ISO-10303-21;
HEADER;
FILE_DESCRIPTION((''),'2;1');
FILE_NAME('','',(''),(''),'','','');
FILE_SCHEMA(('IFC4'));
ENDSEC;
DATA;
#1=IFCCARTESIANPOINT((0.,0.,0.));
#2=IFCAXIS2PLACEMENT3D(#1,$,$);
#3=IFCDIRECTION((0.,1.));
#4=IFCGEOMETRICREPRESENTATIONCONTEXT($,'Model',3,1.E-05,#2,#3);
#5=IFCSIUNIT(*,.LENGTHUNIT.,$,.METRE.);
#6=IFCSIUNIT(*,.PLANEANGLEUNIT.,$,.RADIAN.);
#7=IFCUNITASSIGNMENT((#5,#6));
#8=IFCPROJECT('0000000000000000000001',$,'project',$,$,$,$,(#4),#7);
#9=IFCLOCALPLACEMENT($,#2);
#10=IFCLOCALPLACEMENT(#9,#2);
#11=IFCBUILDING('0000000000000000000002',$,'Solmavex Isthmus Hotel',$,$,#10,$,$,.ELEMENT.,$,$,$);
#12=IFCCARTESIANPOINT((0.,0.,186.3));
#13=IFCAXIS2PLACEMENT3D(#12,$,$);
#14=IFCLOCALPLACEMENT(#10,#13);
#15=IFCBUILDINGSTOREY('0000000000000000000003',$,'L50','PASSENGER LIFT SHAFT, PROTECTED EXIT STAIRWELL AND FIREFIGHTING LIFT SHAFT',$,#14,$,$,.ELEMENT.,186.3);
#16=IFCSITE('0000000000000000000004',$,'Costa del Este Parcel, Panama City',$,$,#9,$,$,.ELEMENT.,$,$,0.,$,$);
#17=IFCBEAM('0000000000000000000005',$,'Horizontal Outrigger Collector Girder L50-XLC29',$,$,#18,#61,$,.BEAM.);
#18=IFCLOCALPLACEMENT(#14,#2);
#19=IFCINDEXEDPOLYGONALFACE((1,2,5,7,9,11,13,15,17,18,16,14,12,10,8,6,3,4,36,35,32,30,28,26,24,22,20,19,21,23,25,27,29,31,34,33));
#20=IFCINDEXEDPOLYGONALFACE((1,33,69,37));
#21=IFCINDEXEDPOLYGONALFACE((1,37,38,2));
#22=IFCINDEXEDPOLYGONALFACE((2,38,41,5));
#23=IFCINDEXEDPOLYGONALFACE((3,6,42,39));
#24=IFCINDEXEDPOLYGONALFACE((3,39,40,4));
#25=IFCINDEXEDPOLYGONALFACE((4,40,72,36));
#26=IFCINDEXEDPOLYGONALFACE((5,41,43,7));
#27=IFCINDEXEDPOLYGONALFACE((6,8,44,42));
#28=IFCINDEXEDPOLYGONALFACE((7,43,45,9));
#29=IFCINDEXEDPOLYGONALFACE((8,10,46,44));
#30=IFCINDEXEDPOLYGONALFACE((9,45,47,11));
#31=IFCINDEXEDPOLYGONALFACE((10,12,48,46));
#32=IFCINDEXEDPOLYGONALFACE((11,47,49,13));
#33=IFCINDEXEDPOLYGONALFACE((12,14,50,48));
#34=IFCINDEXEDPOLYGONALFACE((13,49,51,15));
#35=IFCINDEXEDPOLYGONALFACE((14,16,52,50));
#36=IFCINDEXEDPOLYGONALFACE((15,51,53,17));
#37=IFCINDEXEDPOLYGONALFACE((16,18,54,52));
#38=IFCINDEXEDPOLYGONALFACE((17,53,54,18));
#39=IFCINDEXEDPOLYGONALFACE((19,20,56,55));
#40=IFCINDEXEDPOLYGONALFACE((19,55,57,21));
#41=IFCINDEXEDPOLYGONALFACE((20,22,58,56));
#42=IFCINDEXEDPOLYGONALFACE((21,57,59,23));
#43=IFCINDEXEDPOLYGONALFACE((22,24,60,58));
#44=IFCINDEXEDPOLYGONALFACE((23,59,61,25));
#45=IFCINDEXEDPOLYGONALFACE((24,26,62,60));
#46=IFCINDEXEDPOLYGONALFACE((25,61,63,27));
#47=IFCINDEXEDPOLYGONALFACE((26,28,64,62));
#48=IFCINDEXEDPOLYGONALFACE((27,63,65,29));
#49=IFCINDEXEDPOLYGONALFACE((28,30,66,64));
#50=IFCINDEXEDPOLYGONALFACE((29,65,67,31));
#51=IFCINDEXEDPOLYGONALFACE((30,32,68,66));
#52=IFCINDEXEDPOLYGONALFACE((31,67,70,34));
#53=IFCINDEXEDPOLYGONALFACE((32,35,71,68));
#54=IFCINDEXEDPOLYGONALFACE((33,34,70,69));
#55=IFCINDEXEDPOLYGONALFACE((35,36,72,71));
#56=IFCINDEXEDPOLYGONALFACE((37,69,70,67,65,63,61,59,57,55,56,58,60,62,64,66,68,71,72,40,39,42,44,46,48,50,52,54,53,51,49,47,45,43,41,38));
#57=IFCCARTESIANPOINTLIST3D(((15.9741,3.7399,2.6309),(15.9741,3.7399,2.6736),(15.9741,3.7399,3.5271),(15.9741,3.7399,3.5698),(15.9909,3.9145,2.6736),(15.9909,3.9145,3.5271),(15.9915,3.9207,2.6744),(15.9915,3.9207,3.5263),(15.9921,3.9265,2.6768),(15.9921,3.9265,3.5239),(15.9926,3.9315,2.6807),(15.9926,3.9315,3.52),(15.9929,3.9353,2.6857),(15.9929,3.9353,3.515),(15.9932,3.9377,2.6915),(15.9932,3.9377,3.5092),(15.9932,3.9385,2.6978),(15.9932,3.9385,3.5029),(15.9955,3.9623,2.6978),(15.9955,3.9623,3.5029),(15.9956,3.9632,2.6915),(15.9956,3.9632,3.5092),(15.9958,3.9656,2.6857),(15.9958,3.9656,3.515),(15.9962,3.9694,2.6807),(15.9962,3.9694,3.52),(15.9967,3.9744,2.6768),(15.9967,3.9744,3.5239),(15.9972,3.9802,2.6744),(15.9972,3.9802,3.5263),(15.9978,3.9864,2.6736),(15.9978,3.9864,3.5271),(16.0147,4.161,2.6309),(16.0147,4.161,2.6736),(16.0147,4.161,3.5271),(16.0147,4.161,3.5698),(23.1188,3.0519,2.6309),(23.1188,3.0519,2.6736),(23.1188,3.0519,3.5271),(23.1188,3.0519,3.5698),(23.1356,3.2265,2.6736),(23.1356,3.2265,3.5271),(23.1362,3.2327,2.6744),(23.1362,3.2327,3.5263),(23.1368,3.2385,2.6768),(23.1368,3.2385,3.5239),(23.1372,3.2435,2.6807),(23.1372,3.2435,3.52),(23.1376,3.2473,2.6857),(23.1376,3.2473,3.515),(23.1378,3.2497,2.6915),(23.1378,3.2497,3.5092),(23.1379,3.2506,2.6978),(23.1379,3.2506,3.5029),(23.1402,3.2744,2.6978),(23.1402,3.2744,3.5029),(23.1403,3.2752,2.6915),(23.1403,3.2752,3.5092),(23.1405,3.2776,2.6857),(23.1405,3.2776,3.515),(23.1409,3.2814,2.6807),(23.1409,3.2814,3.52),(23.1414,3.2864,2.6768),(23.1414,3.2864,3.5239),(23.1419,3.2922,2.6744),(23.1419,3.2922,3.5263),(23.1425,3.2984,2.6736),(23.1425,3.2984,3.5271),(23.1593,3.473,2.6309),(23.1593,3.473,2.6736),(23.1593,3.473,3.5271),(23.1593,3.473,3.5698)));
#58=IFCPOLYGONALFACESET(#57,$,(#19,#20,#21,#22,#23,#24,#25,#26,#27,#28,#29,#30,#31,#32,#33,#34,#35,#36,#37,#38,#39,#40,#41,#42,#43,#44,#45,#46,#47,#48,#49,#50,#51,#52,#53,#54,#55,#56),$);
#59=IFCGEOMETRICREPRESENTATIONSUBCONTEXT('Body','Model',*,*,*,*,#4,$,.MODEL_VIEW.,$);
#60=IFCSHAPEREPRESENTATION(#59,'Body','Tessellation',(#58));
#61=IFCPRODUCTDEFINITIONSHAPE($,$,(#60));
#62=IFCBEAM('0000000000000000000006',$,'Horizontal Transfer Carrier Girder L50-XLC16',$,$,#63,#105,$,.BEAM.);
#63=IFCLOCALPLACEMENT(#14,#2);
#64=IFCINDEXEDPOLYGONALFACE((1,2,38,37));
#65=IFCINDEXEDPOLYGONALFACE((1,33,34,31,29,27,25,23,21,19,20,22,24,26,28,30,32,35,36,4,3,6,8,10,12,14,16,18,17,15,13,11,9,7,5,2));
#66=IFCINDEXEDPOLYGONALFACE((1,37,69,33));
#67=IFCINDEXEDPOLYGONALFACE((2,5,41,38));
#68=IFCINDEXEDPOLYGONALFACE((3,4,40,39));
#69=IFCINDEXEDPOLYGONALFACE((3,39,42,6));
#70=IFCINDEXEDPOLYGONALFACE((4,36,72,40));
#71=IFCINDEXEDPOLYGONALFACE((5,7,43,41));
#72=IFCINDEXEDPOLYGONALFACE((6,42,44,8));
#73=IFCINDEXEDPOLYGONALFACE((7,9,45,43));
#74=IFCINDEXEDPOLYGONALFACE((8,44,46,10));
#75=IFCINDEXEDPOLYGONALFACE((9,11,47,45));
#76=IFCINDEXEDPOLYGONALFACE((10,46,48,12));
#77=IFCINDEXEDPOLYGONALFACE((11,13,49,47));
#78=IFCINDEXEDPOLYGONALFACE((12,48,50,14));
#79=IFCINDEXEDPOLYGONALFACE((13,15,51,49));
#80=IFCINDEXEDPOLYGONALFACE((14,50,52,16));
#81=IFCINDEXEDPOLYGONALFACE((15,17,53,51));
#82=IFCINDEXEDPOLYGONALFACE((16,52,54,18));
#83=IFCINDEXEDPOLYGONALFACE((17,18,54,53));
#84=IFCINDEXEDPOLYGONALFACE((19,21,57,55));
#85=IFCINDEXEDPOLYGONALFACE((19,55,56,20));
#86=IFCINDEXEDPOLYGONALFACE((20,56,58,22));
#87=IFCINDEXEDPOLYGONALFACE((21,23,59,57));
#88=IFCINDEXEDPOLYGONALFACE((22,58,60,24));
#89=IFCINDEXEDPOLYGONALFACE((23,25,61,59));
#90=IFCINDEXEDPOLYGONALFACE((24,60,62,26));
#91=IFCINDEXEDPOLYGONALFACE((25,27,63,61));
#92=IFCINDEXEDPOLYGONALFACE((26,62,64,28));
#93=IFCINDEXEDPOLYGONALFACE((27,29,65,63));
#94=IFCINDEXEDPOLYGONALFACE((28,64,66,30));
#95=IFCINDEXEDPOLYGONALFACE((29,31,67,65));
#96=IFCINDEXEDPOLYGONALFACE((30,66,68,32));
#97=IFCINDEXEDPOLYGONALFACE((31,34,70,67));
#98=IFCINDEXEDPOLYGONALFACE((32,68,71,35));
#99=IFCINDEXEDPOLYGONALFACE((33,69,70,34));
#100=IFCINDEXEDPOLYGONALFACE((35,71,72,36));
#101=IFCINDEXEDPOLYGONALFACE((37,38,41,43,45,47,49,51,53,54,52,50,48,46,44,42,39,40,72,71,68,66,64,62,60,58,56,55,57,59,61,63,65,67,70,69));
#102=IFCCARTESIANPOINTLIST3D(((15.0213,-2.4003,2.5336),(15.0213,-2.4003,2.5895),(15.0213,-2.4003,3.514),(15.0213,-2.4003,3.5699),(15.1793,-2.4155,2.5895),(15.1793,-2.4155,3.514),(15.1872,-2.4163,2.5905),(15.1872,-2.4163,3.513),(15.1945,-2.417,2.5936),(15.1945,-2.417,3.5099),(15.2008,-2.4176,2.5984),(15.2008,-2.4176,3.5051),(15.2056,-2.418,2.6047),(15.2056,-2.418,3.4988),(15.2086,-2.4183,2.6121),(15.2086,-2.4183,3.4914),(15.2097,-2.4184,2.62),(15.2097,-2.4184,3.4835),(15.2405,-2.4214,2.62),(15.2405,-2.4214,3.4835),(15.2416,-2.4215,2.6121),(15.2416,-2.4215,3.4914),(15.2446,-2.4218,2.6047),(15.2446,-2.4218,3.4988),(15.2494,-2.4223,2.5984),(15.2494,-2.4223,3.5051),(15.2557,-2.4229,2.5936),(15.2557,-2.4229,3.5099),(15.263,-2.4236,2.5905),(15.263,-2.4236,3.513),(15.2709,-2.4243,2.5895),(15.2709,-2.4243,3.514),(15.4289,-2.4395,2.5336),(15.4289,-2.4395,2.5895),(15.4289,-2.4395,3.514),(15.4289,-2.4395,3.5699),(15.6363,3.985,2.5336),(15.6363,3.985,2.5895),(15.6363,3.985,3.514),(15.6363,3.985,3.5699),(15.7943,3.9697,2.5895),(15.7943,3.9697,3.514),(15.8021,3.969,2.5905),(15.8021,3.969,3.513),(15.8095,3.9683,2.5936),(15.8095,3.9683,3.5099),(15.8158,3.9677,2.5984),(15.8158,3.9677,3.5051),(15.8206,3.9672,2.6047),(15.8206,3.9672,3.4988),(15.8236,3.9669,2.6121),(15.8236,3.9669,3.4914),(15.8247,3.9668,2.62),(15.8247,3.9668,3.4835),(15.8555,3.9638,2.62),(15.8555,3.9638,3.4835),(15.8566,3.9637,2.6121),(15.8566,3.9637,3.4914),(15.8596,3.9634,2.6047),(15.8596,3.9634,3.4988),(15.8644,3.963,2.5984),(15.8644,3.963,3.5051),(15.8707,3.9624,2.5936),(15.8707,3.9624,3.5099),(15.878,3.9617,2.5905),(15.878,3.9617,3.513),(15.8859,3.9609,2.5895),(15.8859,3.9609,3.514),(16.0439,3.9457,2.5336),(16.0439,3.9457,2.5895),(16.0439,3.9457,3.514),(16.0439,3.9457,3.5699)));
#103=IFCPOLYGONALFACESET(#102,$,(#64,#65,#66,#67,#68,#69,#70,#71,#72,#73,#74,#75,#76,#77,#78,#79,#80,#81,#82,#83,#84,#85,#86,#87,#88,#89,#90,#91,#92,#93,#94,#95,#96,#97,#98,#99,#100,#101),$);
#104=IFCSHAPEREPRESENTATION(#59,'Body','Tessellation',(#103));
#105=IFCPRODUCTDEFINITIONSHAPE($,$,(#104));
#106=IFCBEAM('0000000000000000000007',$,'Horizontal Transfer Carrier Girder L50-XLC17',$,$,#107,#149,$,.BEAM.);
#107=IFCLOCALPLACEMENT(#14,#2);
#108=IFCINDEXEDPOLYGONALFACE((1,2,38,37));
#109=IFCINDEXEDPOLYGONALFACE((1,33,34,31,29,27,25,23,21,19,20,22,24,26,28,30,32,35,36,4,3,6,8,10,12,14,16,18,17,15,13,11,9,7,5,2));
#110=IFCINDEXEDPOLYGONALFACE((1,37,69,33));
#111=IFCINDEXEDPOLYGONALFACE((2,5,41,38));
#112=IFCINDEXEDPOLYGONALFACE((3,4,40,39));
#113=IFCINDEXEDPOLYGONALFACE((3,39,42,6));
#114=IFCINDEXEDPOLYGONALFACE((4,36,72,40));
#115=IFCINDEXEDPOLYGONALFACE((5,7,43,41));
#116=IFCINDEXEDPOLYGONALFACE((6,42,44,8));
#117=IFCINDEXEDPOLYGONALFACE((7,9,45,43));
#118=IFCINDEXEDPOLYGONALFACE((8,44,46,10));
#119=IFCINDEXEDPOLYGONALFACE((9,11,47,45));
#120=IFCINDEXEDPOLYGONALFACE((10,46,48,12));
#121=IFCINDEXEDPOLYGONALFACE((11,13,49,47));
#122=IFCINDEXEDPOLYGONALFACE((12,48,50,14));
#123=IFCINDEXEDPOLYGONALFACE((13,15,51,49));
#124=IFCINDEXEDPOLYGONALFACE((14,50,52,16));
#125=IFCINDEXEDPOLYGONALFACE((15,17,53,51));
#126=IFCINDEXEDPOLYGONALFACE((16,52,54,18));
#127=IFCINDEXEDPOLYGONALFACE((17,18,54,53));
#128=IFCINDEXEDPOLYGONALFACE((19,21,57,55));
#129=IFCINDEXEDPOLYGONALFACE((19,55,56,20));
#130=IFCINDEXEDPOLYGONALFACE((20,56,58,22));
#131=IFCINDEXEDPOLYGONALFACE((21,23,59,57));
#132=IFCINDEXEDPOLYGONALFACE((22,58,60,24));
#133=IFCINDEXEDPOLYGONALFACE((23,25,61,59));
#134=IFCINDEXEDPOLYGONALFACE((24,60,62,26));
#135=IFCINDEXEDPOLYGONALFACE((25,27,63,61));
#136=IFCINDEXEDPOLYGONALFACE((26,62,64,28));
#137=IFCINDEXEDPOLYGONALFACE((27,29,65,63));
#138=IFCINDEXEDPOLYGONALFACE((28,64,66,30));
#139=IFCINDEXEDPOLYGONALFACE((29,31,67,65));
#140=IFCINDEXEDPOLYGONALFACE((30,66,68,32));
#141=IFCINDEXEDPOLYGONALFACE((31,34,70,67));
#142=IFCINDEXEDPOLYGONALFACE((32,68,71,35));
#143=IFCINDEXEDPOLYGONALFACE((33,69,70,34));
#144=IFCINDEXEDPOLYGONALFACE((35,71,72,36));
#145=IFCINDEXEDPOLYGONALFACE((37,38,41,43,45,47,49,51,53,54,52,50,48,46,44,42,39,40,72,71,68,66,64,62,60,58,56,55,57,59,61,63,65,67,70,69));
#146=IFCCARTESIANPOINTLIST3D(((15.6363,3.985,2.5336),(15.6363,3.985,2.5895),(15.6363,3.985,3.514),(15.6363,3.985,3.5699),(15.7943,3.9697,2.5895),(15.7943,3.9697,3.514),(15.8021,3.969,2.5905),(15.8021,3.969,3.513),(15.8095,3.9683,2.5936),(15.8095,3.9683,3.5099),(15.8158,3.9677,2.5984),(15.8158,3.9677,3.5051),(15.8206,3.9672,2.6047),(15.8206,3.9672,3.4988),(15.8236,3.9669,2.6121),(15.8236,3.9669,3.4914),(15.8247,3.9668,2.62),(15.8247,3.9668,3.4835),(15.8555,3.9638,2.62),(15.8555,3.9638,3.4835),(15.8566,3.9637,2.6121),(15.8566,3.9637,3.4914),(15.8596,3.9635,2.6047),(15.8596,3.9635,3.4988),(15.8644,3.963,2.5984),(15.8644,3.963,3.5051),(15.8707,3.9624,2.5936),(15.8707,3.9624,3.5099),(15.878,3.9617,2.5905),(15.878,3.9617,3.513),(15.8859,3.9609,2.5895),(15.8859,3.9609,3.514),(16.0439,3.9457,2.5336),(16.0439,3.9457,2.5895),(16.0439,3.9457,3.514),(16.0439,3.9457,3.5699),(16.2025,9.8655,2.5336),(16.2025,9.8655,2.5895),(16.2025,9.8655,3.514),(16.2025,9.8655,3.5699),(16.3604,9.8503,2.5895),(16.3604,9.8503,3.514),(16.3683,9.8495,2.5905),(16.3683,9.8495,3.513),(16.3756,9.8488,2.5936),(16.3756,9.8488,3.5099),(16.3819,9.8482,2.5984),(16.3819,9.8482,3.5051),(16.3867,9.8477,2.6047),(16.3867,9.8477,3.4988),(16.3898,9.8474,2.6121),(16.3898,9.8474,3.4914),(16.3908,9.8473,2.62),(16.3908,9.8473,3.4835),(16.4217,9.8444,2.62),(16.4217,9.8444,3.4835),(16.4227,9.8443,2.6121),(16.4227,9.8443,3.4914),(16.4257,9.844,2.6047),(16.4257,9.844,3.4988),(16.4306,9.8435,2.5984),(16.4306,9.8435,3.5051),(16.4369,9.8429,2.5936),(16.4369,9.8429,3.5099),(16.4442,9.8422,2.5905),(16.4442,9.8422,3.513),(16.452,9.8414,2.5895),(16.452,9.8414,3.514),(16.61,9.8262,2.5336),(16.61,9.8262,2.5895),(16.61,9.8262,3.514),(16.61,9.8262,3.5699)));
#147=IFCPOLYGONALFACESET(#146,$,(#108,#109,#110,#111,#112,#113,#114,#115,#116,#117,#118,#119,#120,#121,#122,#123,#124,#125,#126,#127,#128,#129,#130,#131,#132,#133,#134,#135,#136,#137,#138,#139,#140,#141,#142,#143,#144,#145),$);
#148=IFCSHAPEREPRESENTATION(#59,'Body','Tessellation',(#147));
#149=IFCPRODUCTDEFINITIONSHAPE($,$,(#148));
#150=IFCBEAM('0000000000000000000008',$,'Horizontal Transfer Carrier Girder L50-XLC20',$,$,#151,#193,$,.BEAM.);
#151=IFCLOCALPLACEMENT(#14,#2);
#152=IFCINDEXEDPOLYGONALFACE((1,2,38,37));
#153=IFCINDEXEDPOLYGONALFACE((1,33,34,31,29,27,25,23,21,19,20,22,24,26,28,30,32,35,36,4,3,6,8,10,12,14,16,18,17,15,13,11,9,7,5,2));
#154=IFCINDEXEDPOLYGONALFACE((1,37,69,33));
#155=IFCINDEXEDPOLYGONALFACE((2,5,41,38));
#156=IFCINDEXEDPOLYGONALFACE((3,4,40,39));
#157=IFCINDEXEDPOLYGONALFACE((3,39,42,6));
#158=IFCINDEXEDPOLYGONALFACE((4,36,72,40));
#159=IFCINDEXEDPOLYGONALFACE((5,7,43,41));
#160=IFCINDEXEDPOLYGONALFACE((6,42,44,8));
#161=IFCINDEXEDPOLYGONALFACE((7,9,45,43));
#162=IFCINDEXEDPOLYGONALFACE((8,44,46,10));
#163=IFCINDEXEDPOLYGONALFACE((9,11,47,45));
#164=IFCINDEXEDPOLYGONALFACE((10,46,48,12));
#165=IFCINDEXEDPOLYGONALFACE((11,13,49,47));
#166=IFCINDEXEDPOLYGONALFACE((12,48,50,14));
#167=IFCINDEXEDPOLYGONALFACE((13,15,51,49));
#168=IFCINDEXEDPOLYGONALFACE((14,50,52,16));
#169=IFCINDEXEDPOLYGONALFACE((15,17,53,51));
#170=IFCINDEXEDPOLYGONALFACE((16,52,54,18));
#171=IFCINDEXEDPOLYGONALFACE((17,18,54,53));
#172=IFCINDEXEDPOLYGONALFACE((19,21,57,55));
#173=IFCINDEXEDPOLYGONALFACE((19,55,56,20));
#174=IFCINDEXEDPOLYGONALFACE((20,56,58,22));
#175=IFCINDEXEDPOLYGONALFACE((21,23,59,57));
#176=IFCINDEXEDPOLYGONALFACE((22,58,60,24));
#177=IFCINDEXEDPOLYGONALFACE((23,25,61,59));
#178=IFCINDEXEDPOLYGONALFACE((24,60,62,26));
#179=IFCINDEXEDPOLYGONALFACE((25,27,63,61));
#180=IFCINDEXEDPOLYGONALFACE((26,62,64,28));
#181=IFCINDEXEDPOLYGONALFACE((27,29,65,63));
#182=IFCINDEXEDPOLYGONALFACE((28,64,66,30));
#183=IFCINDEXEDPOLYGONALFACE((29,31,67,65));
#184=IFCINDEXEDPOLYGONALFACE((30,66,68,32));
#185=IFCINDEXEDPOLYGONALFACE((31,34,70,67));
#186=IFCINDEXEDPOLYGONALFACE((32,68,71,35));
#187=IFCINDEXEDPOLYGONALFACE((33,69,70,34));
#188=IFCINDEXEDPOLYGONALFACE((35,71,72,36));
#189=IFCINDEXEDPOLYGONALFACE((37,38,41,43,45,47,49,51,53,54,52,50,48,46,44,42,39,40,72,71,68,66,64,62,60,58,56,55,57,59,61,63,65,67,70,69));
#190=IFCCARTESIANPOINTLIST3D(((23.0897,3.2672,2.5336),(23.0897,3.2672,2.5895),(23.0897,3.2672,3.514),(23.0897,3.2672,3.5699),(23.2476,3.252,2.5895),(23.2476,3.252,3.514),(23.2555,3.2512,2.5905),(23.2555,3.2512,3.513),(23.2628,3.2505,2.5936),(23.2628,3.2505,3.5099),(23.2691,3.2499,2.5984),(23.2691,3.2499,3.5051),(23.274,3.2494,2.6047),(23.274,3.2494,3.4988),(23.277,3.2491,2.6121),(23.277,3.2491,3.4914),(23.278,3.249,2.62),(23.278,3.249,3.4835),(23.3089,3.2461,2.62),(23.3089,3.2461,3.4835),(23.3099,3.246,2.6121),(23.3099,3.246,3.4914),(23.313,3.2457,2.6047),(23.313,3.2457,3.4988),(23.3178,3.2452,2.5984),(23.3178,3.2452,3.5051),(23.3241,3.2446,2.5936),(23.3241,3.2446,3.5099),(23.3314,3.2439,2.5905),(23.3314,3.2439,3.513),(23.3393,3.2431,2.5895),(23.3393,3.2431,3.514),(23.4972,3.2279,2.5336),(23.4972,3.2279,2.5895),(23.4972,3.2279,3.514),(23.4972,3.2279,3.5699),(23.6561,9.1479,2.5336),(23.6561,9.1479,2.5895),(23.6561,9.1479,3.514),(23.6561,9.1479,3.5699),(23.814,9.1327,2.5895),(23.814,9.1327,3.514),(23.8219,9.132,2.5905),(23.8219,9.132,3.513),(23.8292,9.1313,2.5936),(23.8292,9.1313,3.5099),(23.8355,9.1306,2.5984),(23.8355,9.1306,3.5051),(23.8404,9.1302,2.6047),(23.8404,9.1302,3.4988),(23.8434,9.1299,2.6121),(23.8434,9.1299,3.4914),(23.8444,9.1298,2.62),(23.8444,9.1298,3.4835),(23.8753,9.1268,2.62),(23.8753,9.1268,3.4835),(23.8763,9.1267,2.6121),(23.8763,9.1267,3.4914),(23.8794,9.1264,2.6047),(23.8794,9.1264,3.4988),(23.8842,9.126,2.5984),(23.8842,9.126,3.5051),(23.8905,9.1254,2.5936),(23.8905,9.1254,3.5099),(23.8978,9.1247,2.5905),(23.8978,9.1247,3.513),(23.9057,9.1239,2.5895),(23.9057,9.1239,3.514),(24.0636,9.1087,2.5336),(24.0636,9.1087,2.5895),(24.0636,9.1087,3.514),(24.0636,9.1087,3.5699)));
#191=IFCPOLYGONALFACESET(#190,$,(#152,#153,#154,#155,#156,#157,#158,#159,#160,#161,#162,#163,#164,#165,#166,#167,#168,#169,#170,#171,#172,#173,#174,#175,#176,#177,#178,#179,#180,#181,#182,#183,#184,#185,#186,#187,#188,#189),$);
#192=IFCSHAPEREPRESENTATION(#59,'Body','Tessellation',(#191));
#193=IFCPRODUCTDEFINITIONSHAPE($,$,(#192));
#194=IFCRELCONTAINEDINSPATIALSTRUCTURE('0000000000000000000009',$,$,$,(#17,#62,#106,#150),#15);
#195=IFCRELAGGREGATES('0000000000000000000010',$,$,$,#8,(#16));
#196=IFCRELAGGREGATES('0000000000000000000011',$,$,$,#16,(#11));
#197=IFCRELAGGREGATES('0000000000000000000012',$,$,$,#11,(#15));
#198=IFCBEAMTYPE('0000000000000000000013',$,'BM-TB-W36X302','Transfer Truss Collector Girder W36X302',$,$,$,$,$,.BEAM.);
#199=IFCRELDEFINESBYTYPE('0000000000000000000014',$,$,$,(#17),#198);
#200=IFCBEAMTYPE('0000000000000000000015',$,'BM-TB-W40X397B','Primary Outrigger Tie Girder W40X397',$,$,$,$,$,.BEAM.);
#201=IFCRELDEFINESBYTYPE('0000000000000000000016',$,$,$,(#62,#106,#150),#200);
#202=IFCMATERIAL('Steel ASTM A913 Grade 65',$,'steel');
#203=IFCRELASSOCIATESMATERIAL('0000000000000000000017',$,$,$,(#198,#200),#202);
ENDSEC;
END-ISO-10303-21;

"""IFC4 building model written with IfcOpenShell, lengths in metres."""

from ifc_helpers import new_model, si_unit, direction, frame, origin, origin_2d, place, context, subcontext, project, spatial, i_section, extrude, material, material_profile, profile_set, type_object, element, save


model = new_model("IFC4")

# Units and contexts
model_context = context("Model", 3, precision=1e-05, world=origin(), true_north=direction((0.0, 1.0)))
body_context = subcontext(model_context, "Body", "Model", "MODEL_VIEW")
ifc_project = project(units=[si_unit("LENGTHUNIT", "METRE"), si_unit("PLANEANGLEUNIT", "RADIAN")], contexts=[model_context])

# Site, building, storey
site_placement = place(None, origin())
site = spatial("IfcSite", under=ifc_project, at=site_placement, Name="Costa del Este Parcel, Panama City", CompositionType="ELEMENT", RefElevation=0.0)
building_placement = place(site_placement, origin())
building = spatial("IfcBuilding", under=site, at=building_placement, Name="Solmavex Isthmus Hotel", CompositionType="ELEMENT")
storey_placement = place(building_placement, frame((0.0, 0.0, 186.3)))
storey = spatial("IfcBuildingStorey", under=building, at=storey_placement, Name="L50", Description="PASSENGER LIFT SHAFT, PROTECTED EXIT STAIRWELL AND FIREFIGHTING LIFT SHAFT", CompositionType="ELEMENT", Elevation=186.3)

# Shared definitions
ifc_material_1 = material(Name="Steel ASTM A913 Grade 65", Category="steel")

# Beams
ifc_material_profile_1 = material_profile(ifc_material_1, i_section(OverallWidth=0.4231, OverallDepth=0.939, WebThickness=0.0239, FlangeThickness=0.0427, FilletRadius=0.0242, at=origin_2d()), Name="W36X302")
ifc_profile_set_1 = profile_set([ifc_material_profile_1], Name="Steel ASTM A913 Grade 65")
beam_type_1 = type_object("IfcBeamType", Name="BM-TB-W36X302", Description="Transfer Truss Collector Girder W36X302", PredefinedType="BEAM", material=ifc_profile_set_1)
beam_1_placement = place(storey_placement, frame((15.9944, 3.9504, 3.1003), z_axis=(0.995396, -0.095849, 0.0), x_axis=(0.095849, 0.995396, 0.0)))
element("IfcBeam", 1, at=beam_1_placement, inside=storey, type_object=beam_type_1, Name="Horizontal Outrigger Collector Girder L50-XLC29", PredefinedType="BEAM", context=body_context, shape_type="SweptSolid", body=[
    extrude(i_section(OverallWidth=0.4231, OverallDepth=0.939, WebThickness=0.0239, FlangeThickness=0.0427, FilletRadius=0.0242, at=origin_2d()), origin(), (0.0, 0.0, 1.0), 7.1777),
])
ifc_material_profile_2 = material_profile(ifc_material_1, i_section(OverallWidth=0.4094, OverallDepth=1.0364, WebThickness=0.031, FlangeThickness=0.0559, FilletRadius=0.0305, at=origin_2d()), Name="W40X397")
ifc_profile_set_2 = profile_set([ifc_material_profile_2], Name="Steel ASTM A913 Grade 65")
beam_type_2 = type_object("IfcBeamType", Name="BM-TB-W40X397B", Description="Primary Outrigger Tie Girder W40X397", PredefinedType="BEAM", material=ifc_profile_set_2)
beam_2_placement = place(storey_placement, frame((15.2251, -2.4199, 3.0518), z_axis=(0.09587, 0.995394, 0.0), x_axis=(-0.995394, 0.09587, 0.0)))
element("IfcBeam", 2, at=beam_2_placement, inside=storey, type_object=beam_type_2, Name="Horizontal Transfer Carrier Girder L50-XLC16", PredefinedType="BEAM", context=body_context, shape_type="SweptSolid", body=[
    extrude(i_section(OverallWidth=0.4094, OverallDepth=1.0364, WebThickness=0.031, FlangeThickness=0.0559, FilletRadius=0.0305, at=origin_2d()), origin(), (0.0, 0.0, 1.0), 6.4148),
])
beam_3_placement = place(storey_placement, frame((15.8401, 3.9653, 3.0518), z_axis=(0.095833, 0.995397, 0.0), x_axis=(-0.995397, 0.095833, 0.0)))
element("IfcBeam", 3, at=beam_3_placement, inside=storey, type_object=beam_type_2, Name="Horizontal Transfer Carrier Girder L50-XLC17", PredefinedType="BEAM", context=body_context, shape_type="SweptSolid", body=[
    extrude(i_section(OverallWidth=0.4094, OverallDepth=1.0364, WebThickness=0.031, FlangeThickness=0.0559, FilletRadius=0.0305, at=origin_2d()), origin(), (0.0, 0.0, 1.0), 5.9077),
])
beam_4_placement = place(storey_placement, frame((23.2935, 3.2476, 3.0518), z_axis=(0.09587, 0.995394, 0.0), x_axis=(-0.995394, 0.09587, 0.0)))
element("IfcBeam", 4, at=beam_4_placement, inside=storey, type_object=beam_type_2, Name="Horizontal Transfer Carrier Girder L50-XLC20", PredefinedType="BEAM", context=body_context, shape_type="SweptSolid", body=[
    extrude(i_section(OverallWidth=0.4094, OverallDepth=1.0364, WebThickness=0.031, FlangeThickness=0.0559, FilletRadius=0.0305, at=origin_2d()), origin(), (0.0, 0.0, 1.0), 5.908),
])

save(model, "model.ifc")
